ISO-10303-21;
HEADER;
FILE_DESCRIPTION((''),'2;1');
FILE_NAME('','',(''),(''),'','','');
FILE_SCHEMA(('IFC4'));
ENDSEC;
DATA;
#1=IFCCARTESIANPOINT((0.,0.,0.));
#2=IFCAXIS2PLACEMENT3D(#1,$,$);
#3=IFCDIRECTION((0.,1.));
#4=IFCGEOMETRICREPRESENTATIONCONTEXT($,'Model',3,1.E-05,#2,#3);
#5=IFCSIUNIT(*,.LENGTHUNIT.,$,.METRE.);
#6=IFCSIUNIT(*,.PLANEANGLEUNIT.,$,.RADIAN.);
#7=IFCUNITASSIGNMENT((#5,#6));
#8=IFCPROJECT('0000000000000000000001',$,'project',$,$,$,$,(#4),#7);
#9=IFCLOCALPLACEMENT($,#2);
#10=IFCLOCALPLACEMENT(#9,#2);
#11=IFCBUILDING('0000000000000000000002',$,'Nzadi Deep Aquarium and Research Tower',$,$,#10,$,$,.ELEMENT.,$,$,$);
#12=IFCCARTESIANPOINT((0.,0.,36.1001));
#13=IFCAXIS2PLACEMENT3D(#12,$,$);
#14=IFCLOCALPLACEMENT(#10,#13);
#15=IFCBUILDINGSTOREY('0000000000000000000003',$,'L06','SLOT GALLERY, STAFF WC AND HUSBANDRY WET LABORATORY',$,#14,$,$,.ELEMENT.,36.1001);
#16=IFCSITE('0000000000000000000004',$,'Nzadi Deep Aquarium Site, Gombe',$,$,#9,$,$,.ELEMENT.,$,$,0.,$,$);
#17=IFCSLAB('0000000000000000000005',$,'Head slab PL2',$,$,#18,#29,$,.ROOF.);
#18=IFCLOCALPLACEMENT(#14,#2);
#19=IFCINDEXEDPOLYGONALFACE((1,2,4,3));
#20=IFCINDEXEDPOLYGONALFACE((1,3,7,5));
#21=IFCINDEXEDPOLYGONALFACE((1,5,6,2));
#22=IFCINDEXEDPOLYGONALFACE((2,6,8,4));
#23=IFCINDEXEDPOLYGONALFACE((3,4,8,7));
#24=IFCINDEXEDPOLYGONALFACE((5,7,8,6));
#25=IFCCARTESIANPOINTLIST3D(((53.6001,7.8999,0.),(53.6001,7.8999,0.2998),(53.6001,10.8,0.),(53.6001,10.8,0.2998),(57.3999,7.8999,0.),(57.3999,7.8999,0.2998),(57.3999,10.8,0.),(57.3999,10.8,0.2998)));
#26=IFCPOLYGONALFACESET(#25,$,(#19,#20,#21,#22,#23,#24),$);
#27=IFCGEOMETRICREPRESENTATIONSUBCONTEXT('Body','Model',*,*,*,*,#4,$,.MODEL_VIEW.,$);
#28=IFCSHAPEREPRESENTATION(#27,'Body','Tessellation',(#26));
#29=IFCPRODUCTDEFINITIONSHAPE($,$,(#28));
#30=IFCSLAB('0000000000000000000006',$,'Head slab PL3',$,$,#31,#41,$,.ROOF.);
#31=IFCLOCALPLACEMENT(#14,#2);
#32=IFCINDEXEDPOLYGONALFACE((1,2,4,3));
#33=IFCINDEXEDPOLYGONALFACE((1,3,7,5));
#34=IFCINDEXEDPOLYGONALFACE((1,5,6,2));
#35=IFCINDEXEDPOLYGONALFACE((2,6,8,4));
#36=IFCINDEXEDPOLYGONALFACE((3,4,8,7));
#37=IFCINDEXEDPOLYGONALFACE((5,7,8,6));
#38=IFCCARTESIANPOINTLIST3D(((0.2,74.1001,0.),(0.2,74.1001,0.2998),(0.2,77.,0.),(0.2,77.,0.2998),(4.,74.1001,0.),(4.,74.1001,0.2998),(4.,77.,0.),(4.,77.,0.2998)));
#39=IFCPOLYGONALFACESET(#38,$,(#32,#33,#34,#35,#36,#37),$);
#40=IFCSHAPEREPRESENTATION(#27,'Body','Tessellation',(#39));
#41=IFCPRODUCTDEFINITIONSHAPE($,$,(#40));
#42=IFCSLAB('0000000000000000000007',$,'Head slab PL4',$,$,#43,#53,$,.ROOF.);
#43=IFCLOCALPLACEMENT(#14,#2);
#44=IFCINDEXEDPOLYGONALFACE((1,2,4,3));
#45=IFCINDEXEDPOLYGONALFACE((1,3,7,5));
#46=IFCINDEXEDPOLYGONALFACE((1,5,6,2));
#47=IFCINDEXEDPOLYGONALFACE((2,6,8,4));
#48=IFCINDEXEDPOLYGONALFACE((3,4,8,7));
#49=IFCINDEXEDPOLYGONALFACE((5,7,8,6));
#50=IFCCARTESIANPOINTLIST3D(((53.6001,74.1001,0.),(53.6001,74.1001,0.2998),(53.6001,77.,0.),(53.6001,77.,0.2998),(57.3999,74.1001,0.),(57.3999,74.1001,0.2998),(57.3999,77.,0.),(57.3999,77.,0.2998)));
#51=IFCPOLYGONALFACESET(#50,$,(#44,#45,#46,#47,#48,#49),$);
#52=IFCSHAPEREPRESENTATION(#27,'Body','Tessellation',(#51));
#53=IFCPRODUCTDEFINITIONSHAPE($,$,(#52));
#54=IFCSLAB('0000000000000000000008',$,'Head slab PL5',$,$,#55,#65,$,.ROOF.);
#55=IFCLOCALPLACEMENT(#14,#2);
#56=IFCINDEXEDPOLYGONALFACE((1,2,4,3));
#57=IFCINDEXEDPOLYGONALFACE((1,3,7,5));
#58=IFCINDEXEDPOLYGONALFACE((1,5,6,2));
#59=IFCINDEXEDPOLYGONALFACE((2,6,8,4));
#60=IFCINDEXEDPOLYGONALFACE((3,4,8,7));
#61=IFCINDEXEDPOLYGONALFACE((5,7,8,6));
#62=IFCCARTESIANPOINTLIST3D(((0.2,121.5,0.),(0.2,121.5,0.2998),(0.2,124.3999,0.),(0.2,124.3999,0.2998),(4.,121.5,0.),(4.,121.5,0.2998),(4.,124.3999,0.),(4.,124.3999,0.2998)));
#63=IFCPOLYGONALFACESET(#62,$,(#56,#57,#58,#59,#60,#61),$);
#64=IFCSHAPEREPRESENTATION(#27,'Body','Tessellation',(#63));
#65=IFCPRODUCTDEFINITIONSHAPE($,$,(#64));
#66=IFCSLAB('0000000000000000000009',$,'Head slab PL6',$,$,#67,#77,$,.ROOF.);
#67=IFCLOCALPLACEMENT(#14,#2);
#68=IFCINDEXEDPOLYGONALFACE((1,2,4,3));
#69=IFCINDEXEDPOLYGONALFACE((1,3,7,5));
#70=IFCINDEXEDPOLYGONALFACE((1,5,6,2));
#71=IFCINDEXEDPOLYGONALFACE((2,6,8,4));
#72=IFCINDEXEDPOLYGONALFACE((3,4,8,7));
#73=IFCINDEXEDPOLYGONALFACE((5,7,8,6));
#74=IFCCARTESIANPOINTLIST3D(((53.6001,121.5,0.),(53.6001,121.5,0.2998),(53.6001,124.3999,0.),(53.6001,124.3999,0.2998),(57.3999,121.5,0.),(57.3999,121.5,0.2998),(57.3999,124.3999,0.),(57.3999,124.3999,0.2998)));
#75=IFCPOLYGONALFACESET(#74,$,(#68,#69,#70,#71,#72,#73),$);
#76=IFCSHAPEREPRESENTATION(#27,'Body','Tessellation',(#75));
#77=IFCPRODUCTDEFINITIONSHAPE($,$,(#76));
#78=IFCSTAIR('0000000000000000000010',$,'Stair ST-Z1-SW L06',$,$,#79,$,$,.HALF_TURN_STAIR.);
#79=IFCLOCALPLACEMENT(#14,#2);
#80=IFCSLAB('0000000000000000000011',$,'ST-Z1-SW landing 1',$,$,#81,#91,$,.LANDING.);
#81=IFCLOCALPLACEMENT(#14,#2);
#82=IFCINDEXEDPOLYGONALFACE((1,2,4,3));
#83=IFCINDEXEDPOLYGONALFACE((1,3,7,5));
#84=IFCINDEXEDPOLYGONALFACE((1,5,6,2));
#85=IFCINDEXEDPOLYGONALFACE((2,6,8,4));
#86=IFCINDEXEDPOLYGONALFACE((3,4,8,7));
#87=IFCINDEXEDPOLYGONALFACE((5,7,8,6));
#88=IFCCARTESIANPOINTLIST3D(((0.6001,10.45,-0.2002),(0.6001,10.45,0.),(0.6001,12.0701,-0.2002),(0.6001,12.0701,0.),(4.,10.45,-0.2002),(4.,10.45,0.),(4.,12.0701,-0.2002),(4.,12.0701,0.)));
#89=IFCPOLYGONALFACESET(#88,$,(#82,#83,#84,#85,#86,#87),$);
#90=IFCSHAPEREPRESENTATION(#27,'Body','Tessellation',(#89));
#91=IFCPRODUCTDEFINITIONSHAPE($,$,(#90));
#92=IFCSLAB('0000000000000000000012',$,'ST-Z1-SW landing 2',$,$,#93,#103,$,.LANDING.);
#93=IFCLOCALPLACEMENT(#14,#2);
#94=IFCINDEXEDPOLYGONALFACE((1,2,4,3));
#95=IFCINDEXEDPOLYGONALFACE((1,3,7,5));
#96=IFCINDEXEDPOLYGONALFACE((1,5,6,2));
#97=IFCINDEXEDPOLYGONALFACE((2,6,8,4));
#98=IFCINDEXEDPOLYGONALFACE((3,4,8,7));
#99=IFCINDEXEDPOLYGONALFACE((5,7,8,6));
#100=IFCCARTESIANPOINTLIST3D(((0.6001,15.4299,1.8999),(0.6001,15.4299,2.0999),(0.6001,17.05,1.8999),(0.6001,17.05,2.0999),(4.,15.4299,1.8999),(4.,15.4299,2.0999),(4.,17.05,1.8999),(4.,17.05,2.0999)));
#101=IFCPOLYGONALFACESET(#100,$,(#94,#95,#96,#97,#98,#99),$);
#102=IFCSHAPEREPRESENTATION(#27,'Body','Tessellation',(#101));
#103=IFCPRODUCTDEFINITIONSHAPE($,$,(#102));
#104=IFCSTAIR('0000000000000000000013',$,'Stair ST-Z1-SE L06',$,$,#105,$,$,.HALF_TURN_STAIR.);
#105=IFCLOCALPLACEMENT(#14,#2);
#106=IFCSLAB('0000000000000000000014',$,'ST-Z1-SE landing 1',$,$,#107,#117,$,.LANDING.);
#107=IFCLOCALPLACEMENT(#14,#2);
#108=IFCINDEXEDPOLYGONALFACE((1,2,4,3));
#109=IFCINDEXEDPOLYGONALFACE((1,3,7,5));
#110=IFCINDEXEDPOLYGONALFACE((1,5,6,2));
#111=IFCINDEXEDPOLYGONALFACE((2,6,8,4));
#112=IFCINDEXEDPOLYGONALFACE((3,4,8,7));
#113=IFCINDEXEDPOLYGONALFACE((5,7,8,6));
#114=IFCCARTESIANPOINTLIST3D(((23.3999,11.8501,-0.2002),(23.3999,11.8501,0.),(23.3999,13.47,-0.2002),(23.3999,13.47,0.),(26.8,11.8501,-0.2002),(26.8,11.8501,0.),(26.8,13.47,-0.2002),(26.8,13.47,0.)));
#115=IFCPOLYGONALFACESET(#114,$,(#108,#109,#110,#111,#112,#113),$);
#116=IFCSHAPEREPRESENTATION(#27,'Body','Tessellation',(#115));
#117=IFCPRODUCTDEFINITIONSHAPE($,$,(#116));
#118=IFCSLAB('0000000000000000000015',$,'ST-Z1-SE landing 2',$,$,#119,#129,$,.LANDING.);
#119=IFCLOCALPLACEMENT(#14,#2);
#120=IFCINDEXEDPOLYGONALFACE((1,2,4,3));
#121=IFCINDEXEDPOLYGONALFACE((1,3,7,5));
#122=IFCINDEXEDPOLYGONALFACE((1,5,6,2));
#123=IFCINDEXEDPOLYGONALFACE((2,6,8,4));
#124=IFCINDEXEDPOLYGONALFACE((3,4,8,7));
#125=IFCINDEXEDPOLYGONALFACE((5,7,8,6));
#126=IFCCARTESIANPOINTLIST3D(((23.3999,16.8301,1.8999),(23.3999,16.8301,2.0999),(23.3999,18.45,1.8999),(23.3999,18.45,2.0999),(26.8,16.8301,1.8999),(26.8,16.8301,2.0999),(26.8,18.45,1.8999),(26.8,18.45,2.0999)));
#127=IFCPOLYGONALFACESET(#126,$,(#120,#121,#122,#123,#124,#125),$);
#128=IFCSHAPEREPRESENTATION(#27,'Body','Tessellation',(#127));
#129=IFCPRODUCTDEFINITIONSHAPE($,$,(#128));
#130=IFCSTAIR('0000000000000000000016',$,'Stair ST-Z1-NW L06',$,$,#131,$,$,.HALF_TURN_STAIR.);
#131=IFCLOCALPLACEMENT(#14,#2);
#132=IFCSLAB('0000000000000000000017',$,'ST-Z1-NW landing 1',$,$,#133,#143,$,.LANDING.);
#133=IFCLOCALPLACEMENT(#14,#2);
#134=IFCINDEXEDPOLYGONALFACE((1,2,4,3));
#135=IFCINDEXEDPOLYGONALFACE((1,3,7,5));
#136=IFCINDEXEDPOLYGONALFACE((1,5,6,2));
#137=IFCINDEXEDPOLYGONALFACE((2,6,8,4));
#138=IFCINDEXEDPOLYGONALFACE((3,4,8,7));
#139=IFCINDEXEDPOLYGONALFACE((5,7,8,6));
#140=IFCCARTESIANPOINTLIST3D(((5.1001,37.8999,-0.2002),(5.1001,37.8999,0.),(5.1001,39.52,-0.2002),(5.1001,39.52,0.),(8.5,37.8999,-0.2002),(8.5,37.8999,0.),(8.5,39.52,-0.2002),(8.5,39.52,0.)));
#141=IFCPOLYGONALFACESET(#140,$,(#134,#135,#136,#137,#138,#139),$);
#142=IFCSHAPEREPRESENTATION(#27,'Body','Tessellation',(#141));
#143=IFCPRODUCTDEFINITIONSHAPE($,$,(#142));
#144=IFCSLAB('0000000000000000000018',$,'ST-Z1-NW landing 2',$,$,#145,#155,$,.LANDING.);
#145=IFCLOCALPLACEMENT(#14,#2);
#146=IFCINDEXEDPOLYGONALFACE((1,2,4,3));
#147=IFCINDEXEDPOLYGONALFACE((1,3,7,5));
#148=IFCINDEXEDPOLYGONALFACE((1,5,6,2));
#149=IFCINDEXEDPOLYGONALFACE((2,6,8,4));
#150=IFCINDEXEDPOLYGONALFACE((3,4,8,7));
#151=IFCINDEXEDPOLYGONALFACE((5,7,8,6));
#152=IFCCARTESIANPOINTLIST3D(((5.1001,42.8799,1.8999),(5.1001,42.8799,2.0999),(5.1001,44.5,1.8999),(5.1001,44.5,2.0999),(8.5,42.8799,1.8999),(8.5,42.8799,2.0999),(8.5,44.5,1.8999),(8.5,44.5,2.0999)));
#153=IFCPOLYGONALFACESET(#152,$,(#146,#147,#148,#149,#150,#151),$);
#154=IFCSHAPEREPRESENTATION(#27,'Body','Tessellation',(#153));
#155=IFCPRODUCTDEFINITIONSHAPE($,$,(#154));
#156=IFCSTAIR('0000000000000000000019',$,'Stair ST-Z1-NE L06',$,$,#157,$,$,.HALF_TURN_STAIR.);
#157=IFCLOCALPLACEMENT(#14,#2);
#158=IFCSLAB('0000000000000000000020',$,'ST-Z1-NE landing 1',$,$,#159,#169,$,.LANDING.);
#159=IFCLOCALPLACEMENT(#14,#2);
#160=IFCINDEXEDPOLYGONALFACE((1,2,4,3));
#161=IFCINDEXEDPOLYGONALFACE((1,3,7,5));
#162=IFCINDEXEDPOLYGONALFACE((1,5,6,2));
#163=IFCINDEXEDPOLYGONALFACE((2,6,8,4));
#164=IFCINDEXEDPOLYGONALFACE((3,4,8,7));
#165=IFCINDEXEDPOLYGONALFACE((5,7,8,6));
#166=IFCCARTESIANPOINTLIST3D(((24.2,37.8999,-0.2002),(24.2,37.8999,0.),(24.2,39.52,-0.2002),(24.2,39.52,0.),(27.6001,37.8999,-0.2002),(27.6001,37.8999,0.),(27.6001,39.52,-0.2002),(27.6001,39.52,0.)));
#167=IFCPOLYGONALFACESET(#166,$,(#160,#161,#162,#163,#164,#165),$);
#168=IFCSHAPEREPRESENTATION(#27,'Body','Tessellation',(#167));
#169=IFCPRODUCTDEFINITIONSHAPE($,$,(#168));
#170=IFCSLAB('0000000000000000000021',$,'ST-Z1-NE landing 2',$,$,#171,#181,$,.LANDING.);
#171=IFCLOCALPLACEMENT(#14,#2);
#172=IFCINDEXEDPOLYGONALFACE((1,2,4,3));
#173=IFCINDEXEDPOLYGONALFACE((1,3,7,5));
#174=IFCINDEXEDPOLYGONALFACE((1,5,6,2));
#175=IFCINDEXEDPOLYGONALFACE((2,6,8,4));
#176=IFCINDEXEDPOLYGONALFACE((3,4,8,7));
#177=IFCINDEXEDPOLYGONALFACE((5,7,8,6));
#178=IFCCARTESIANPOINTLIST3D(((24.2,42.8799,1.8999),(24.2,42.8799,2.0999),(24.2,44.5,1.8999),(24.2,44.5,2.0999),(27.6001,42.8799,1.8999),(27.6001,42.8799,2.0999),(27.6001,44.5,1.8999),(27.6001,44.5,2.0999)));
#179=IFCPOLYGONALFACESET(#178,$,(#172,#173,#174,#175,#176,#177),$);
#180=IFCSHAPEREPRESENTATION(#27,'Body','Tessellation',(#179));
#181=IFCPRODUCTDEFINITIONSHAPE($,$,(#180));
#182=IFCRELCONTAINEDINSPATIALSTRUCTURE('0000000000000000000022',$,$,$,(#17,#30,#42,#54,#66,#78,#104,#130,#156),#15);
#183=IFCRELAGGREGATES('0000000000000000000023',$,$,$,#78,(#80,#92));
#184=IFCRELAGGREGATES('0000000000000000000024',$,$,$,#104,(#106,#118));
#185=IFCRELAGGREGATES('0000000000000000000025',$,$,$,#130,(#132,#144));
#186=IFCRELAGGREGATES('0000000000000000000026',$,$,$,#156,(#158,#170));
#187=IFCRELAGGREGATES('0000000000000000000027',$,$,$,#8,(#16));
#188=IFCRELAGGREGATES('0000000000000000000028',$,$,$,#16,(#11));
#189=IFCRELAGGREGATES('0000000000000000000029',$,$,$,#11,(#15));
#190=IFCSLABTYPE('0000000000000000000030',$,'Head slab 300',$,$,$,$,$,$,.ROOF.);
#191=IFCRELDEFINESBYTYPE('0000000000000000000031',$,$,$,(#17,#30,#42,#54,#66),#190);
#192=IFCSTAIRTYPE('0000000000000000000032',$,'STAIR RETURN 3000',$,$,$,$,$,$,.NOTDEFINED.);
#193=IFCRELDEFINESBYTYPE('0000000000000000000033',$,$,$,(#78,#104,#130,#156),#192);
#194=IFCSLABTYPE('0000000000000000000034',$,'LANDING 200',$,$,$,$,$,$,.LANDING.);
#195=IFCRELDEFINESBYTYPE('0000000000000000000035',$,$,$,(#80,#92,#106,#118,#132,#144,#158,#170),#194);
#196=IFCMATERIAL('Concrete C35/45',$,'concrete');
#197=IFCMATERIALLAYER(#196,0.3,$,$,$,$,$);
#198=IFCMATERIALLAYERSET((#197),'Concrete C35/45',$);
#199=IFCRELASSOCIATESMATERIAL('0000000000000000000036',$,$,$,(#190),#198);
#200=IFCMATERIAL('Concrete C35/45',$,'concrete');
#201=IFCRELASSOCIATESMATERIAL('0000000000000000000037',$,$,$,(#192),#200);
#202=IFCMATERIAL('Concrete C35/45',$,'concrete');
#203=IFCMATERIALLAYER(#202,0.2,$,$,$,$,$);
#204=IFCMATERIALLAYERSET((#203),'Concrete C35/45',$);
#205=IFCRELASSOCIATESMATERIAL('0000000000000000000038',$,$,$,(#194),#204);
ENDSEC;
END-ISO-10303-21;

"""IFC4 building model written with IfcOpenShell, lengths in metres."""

from ifc_helpers import new_model, si_unit, direction, frame, origin, place, context, subcontext, project, spatial, polyline, outline, extrude, material, layer, layer_set, type_object, element, aggregate, save


model = new_model("IFC4")

# Units and contexts
model_context = context("Model", 3, precision=1e-05, world=origin(), true_north=direction((0.0, 1.0)))
body_context = subcontext(model_context, "Body", "Model", "MODEL_VIEW")
ifc_project = project(units=[si_unit("LENGTHUNIT", "METRE"), si_unit("PLANEANGLEUNIT", "RADIAN")], contexts=[model_context])

# Site, building, storey
site_placement = place(None, origin())
site = spatial("IfcSite", under=ifc_project, at=site_placement, Name="Nzadi Deep Aquarium Site, Gombe", CompositionType="ELEMENT", RefElevation=0.0)
building_placement = place(site_placement, origin())
building = spatial("IfcBuilding", under=site, at=building_placement, Name="Nzadi Deep Aquarium and Research Tower", CompositionType="ELEMENT")
storey_placement = place(building_placement, frame((0.0, 0.0, 36.1001)))
storey = spatial("IfcBuildingStorey", under=building, at=storey_placement, Name="L06", Description="SLOT GALLERY, STAFF WC AND HUSBANDRY WET LABORATORY", CompositionType="ELEMENT", Elevation=36.1001)

# Slabs
ifc_material_1 = material(Name="Concrete C35/45", Category="concrete")
ifc_layer_1 = layer(ifc_material_1, 0.3)
ifc_layer_set_1 = layer_set([ifc_layer_1], Name="Concrete C35/45")
slab_type_1 = type_object("IfcSlabType", Name="Head slab 300", PredefinedType="ROOF", material=ifc_layer_set_1)
slab_1_placement = place(storey_placement, origin())
element("IfcSlab", 1, at=slab_1_placement, inside=storey, type_object=slab_type_1, Name="Head slab PL2", PredefinedType="ROOF", context=body_context, shape_type="SweptSolid", body=[
    extrude(outline(polyline([(57.3999, 7.8999), (57.3999, 10.8), (53.6001, 10.8), (53.6001, 7.8999), (57.3999, 7.8999)])), origin(), (0.0, 0.0, 1.0), 0.2998),
])
slab_2_placement = place(storey_placement, origin())
element("IfcSlab", 2, at=slab_2_placement, inside=storey, type_object=slab_type_1, Name="Head slab PL3", PredefinedType="ROOF", context=body_context, shape_type="SweptSolid", body=[
    extrude(outline(polyline([(4.0, 74.1001), (4.0, 77.0), (0.2, 77.0), (0.2, 74.1001), (4.0, 74.1001)])), origin(), (0.0, 0.0, 1.0), 0.2998),
])
slab_3_placement = place(storey_placement, origin())
element("IfcSlab", 3, at=slab_3_placement, inside=storey, type_object=slab_type_1, Name="Head slab PL4", PredefinedType="ROOF", context=body_context, shape_type="SweptSolid", body=[
    extrude(outline(polyline([(57.3999, 74.1001), (57.3999, 77.0), (53.6001, 77.0), (53.6001, 74.1001), (57.3999, 74.1001)])), origin(), (0.0, 0.0, 1.0), 0.2998),
])
slab_4_placement = place(storey_placement, origin())
element("IfcSlab", 4, at=slab_4_placement, inside=storey, type_object=slab_type_1, Name="Head slab PL5", PredefinedType="ROOF", context=body_context, shape_type="SweptSolid", body=[
    extrude(outline(polyline([(4.0, 121.5), (4.0, 124.3999), (0.2, 124.3999), (0.2, 121.5), (4.0, 121.5)])), origin(), (0.0, 0.0, 1.0), 0.2998),
])
slab_5_placement = place(storey_placement, origin())
element("IfcSlab", 5, at=slab_5_placement, inside=storey, type_object=slab_type_1, Name="Head slab PL6", PredefinedType="ROOF", context=body_context, shape_type="SweptSolid", body=[
    extrude(outline(polyline([(57.3999, 121.5), (57.3999, 124.3999), (53.6001, 124.3999), (53.6001, 121.5), (57.3999, 121.5)])), origin(), (0.0, 0.0, 1.0), 0.2998),
])

# Stairs, slabs
ifc_material_2 = material(Name="Concrete C35/45", Category="concrete")
stair_type = type_object("IfcStairType", Name="STAIR RETURN 3000", PredefinedType="NOTDEFINED", material=ifc_material_2)
stair_1_placement = place(storey_placement, origin())
stair_1 = element("IfcStair", 6, at=stair_1_placement, inside=storey, type_object=stair_type, Name="Stair ST-Z1-SW L06", PredefinedType="HALF_TURN_STAIR")
ifc_material_3 = material(Name="Concrete C35/45", Category="concrete")
ifc_layer_2 = layer(ifc_material_3, 0.2)
ifc_layer_set_2 = layer_set([ifc_layer_2], Name="Concrete C35/45")
slab_type_2 = type_object("IfcSlabType", Name="LANDING 200", PredefinedType="LANDING", material=ifc_layer_set_2)
slab_6_placement = place(storey_placement, frame((0.0, 0.0, -0.2002)))
slab_6 = element("IfcSlab", 7, at=slab_6_placement, type_object=slab_type_2, Name="ST-Z1-SW landing 1", PredefinedType="LANDING", context=body_context, shape_type="SweptSolid", body=[
    extrude(outline(polyline([(0.6001, 10.45), (4.0, 10.45), (4.0, 12.0701), (0.6001, 12.0701), (0.6001, 10.45)])), origin(), (0.0, 0.0, 1.0), 0.2002),
])
slab_7_placement = place(storey_placement, frame((0.0, 0.0, 1.8999)))
slab_7 = element("IfcSlab", 8, at=slab_7_placement, type_object=slab_type_2, Name="ST-Z1-SW landing 2", PredefinedType="LANDING", context=body_context, shape_type="SweptSolid", body=[
    extrude(outline(polyline([(0.6001, 15.4299), (4.0, 15.4299), (4.0, 17.05), (0.6001, 17.05), (0.6001, 15.4299)])), origin(), (0.0, 0.0, 1.0), 0.2),
])
aggregate(stair_1, [slab_6, slab_7])
stair_2_placement = place(storey_placement, origin())
stair_2 = element("IfcStair", 9, at=stair_2_placement, inside=storey, type_object=stair_type, Name="Stair ST-Z1-SE L06", PredefinedType="HALF_TURN_STAIR")
slab_8_placement = place(storey_placement, frame((0.0, 0.0, -0.2002)))
slab_8 = element("IfcSlab", 10, at=slab_8_placement, type_object=slab_type_2, Name="ST-Z1-SE landing 1", PredefinedType="LANDING", context=body_context, shape_type="SweptSolid", body=[
    extrude(outline(polyline([(23.3999, 11.8501), (26.8, 11.8501), (26.8, 13.47), (23.3999, 13.47), (23.3999, 11.8501)])), origin(), (0.0, 0.0, 1.0), 0.2002),
])
slab_9_placement = place(storey_placement, frame((0.0, 0.0, 1.8999)))
slab_9 = element("IfcSlab", 11, at=slab_9_placement, type_object=slab_type_2, Name="ST-Z1-SE landing 2", PredefinedType="LANDING", context=body_context, shape_type="SweptSolid", body=[
    extrude(outline(polyline([(23.3999, 16.8301), (26.8, 16.8301), (26.8, 18.45), (23.3999, 18.45), (23.3999, 16.8301)])), origin(), (0.0, 0.0, 1.0), 0.2),
])
aggregate(stair_2, [slab_8, slab_9])
stair_3_placement = place(storey_placement, origin())
stair_3 = element("IfcStair", 12, at=stair_3_placement, inside=storey, type_object=stair_type, Name="Stair ST-Z1-NW L06", PredefinedType="HALF_TURN_STAIR")
slab_10_placement = place(storey_placement, frame((0.0, 0.0, -0.2002)))
slab_10 = element("IfcSlab", 13, at=slab_10_placement, type_object=slab_type_2, Name="ST-Z1-NW landing 1", PredefinedType="LANDING", context=body_context, shape_type="SweptSolid", body=[
    extrude(outline(polyline([(5.1001, 37.8999), (8.5, 37.8999), (8.5, 39.52), (5.1001, 39.52), (5.1001, 37.8999)])), origin(), (0.0, 0.0, 1.0), 0.2002),
])
slab_11_placement = place(storey_placement, frame((0.0, 0.0, 1.8999)))
slab_11 = element("IfcSlab", 14, at=slab_11_placement, type_object=slab_type_2, Name="ST-Z1-NW landing 2", PredefinedType="LANDING", context=body_context, shape_type="SweptSolid", body=[
    extrude(outline(polyline([(5.1001, 42.8799), (8.5, 42.8799), (8.5, 44.5), (5.1001, 44.5), (5.1001, 42.8799)])), origin(), (0.0, 0.0, 1.0), 0.2),
])
aggregate(stair_3, [slab_10, slab_11])
stair_4_placement = place(storey_placement, origin())
stair_4 = element("IfcStair", 15, at=stair_4_placement, inside=storey, type_object=stair_type, Name="Stair ST-Z1-NE L06", PredefinedType="HALF_TURN_STAIR")
slab_12_placement = place(storey_placement, frame((0.0, 0.0, -0.2002)))
slab_12 = element("IfcSlab", 16, at=slab_12_placement, type_object=slab_type_2, Name="ST-Z1-NE landing 1", PredefinedType="LANDING", context=body_context, shape_type="SweptSolid", body=[
    extrude(outline(polyline([(24.2, 37.8999), (27.6001, 37.8999), (27.6001, 39.52), (24.2, 39.52), (24.2, 37.8999)])), origin(), (0.0, 0.0, 1.0), 0.2002),
])
slab_13_placement = place(storey_placement, frame((0.0, 0.0, 1.8999)))
slab_13 = element("IfcSlab", 17, at=slab_13_placement, type_object=slab_type_2, Name="ST-Z1-NE landing 2", PredefinedType="LANDING", context=body_context, shape_type="SweptSolid", body=[
    extrude(outline(polyline([(24.2, 42.8799), (27.6001, 42.8799), (27.6001, 44.5), (24.2, 44.5), (24.2, 42.8799)])), origin(), (0.0, 0.0, 1.0), 0.2),
])
aggregate(stair_4, [slab_12, slab_13])

save(model, "model.ifc")
